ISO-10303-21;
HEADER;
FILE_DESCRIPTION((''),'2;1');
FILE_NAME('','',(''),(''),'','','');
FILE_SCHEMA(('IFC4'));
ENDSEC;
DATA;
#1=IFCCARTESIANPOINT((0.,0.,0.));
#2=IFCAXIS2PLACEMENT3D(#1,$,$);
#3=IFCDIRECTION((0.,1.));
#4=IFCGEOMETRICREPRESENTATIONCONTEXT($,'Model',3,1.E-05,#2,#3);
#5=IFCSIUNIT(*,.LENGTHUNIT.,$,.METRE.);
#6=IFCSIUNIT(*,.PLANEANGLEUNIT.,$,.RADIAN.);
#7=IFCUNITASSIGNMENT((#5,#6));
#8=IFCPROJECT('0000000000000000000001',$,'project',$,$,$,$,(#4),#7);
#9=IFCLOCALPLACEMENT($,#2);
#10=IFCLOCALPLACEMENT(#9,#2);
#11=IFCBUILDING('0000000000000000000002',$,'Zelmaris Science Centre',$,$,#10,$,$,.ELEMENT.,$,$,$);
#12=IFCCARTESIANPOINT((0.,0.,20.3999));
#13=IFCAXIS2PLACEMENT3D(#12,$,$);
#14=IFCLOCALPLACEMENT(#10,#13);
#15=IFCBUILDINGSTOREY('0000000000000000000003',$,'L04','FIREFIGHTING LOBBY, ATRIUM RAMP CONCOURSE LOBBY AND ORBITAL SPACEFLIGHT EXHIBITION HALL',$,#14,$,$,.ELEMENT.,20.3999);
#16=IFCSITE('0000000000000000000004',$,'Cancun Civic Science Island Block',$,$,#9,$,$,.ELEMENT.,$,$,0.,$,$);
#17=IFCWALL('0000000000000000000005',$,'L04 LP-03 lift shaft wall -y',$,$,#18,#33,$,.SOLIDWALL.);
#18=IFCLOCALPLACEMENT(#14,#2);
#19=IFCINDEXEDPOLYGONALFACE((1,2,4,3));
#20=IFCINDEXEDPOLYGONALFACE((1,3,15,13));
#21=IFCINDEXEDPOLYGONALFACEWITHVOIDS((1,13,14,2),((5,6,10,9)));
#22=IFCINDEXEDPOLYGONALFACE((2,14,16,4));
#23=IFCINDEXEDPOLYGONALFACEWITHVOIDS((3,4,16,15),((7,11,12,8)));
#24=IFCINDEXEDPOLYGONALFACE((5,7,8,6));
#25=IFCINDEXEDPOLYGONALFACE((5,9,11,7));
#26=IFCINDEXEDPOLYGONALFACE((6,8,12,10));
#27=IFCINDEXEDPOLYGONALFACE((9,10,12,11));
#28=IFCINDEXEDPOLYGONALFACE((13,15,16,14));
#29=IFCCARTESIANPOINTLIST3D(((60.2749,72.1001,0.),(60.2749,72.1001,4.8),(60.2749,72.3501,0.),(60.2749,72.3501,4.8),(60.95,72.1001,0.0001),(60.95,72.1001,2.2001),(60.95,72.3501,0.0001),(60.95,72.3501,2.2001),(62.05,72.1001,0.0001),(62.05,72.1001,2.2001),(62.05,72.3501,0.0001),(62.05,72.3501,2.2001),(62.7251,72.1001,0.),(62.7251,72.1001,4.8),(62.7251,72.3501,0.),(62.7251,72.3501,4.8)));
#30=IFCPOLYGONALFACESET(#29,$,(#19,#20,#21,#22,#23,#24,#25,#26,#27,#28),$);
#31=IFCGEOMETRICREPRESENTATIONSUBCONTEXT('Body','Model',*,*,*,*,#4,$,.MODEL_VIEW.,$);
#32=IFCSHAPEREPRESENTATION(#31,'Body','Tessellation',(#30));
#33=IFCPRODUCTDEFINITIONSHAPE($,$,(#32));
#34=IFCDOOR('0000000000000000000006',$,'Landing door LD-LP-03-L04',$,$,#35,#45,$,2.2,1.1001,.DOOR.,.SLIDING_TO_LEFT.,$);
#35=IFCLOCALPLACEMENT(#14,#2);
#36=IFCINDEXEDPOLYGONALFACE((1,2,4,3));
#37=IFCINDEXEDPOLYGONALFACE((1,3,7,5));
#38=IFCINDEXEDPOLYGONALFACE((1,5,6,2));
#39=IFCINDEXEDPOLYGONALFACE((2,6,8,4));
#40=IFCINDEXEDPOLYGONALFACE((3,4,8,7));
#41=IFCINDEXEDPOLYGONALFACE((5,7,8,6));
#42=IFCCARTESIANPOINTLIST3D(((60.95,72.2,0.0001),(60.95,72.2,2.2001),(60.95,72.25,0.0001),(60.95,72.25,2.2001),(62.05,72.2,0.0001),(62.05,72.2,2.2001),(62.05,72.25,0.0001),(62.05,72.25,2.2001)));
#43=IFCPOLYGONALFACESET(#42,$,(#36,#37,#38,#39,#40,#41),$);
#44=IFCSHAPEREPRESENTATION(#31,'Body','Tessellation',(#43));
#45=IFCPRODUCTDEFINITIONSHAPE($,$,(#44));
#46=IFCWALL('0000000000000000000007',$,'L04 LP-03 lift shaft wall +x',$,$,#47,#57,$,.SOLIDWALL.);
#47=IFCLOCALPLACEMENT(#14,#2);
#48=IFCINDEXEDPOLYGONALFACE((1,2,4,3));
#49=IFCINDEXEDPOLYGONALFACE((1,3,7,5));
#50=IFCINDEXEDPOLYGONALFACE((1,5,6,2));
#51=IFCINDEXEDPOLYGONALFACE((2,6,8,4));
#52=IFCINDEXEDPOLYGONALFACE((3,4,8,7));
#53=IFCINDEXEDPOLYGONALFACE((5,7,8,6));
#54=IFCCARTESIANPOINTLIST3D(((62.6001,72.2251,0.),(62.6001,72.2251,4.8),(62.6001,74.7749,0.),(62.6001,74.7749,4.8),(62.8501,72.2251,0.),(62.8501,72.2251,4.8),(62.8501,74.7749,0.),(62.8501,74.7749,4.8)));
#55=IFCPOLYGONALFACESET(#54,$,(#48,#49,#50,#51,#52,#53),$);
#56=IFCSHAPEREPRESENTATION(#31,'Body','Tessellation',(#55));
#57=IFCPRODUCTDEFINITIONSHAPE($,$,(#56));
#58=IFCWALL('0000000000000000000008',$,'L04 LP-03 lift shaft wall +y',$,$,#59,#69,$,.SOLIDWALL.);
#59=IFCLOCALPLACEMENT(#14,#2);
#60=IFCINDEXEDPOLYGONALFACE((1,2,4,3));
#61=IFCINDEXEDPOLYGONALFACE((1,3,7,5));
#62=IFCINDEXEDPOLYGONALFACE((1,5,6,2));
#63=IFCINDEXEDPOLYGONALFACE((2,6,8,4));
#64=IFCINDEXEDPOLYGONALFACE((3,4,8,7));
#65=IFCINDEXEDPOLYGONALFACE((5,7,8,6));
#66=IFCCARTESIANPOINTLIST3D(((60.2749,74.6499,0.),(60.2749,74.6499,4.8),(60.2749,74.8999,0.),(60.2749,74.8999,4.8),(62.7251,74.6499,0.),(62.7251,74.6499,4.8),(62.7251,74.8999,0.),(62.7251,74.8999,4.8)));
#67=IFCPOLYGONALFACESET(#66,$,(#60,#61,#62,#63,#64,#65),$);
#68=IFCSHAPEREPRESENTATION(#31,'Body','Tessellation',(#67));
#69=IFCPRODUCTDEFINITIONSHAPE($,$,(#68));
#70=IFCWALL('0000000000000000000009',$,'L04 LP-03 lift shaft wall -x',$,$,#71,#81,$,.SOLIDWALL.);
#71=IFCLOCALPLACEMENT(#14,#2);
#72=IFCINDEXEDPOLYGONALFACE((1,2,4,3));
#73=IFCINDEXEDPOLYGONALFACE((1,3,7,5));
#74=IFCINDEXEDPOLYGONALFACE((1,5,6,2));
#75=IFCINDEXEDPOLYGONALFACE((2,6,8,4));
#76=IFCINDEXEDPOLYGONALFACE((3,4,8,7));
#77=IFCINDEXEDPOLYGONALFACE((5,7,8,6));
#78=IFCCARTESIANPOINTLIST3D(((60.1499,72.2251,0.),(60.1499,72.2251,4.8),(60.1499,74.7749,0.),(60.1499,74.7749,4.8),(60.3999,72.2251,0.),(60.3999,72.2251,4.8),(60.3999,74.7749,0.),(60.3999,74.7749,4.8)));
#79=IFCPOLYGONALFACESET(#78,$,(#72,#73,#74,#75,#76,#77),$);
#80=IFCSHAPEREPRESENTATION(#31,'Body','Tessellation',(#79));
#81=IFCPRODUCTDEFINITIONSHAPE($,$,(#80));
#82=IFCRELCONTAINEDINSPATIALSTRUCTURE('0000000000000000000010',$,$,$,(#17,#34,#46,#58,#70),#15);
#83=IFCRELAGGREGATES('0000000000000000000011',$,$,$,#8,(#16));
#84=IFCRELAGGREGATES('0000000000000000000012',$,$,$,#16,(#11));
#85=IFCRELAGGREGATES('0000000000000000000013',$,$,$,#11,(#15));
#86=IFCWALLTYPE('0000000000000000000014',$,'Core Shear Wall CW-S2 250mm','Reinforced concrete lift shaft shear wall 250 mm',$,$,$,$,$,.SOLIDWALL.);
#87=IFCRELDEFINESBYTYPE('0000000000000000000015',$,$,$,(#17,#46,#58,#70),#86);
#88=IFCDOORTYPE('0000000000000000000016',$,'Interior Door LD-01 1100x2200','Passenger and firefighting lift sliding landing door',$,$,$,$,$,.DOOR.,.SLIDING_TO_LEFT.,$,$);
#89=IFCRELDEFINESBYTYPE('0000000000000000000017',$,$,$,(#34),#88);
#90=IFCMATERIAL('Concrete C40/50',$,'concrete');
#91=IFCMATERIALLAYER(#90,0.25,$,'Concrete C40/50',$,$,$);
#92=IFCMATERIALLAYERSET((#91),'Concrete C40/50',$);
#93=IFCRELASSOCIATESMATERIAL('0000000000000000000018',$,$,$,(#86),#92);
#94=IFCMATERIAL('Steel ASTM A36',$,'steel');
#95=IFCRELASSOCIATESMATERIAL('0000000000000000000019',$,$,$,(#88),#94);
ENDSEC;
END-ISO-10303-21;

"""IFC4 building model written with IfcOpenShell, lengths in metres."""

from ifc_helpers import new_model, si_unit, direction, frame, frame_2d, origin, place, context, subcontext, project, spatial, rectangle, extrude, material, layer, layer_set, type_object, element, fill, save


model = new_model("IFC4")

# Units and contexts
model_context = context("Model", 3, precision=1e-05, world=origin(), true_north=direction((0.0, 1.0)))
body_context = subcontext(model_context, "Body", "Model", "MODEL_VIEW")
ifc_project = project(units=[si_unit("LENGTHUNIT", "METRE"), si_unit("PLANEANGLEUNIT", "RADIAN")], contexts=[model_context])

# Site, building, storey
site_placement = place(None, origin())
site = spatial("IfcSite", under=ifc_project, at=site_placement, Name="Cancun Civic Science Island Block", CompositionType="ELEMENT", RefElevation=0.0)
building_placement = place(site_placement, origin())
building = spatial("IfcBuilding", under=site, at=building_placement, Name="Zelmaris Science Centre", CompositionType="ELEMENT")
storey_placement = place(building_placement, frame((0.0, 0.0, 20.3999)))
storey = spatial("IfcBuildingStorey", under=building, at=storey_placement, Name="L04", Description="FIREFIGHTING LOBBY, ATRIUM RAMP CONCOURSE LOBBY AND ORBITAL SPACEFLIGHT EXHIBITION HALL", CompositionType="ELEMENT", Elevation=20.3999)

# Shared definitions
ifc_material_1 = material(Name="Concrete C40/50", Category="concrete")

# Wall, opening, door
ifc_layer_1 = layer(ifc_material_1, 0.25, Name="Concrete C40/50")
ifc_layer_set_1 = layer_set([ifc_layer_1], Name="Concrete C40/50")
wall_type_1 = type_object("IfcWallType", Name="Core Shear Wall CW-S2 250mm", Description="Reinforced concrete lift shaft shear wall 250 mm", PredefinedType="SOLIDWALL", material=ifc_layer_set_1)
wall_1_placement = place(storey_placement, frame((60.2749, 72.2251, 0.0), z_axis=(0.0, 0.0, 1.0), x_axis=(1.0, 0.0, 0.0)))
wall_1 = element("IfcWall", 1, at=wall_1_placement, inside=storey, type_object=wall_type_1, Name="L04 LP-03 lift shaft wall -y", PredefinedType="SOLIDWALL", context=body_context, shape_type="SweptSolid", body=[
    extrude(rectangle(XDim=2.4502, YDim=0.25, at=frame_2d((1.2251, 0.0))), origin(), (0.0, 0.0, 1.0), 4.8),
])
opening_placement = place(wall_1_placement, frame((0.675, 0.0, 0.0)))
opening = element("IfcOpeningElement", 2, at=opening_placement, cuts=wall_1, PredefinedType="OPENING", context=body_context, shape_type="SweptSolid", body=[
    extrude(rectangle(XDim=1.1001, YDim=2.2, at=frame_2d((0.55, 1.1001))), frame((0.0, 0.135, 0.0), z_axis=(0.0, -1.0, 0.0), x_axis=(1.0, 0.0, 0.0)), (0.0, 0.0, 1.0), 0.27),
])
ifc_material_2 = material(Name="Steel ASTM A36", Category="steel")
door_type = type_object("IfcDoorType", Name="Interior Door LD-01 1100x2200", Description="Passenger and firefighting lift sliding landing door", OperationType="SLIDING_TO_LEFT", PredefinedType="DOOR", material=ifc_material_2)
door_placement = place(opening_placement, origin())
door = element("IfcDoor", 3, at=door_placement, inside=storey, type_object=door_type, Name="Landing door LD-LP-03-L04", OperationType="SLIDING_TO_LEFT", OverallHeight=2.2, OverallWidth=1.1001, PredefinedType="DOOR", context=body_context, shape_type="SweptSolid", body=[
    extrude(rectangle(XDim=1.1001, YDim=2.2, at=frame_2d((0.55, 1.1001))), frame((0.0, 0.0249, 0.0), z_axis=(0.0, -1.0, 0.0), x_axis=(1.0, 0.0, 0.0)), (0.0, 0.0, 1.0), 0.05),
])
fill(opening, door)

# Walls
wall_2_placement = place(storey_placement, frame((62.7251, 72.2251, 0.0), z_axis=(0.0, 0.0, 1.0), x_axis=(0.0, 1.0, 0.0)))
element("IfcWall", 4, at=wall_2_placement, inside=storey, type_object=wall_type_1, Name="L04 LP-03 lift shaft wall +x", PredefinedType="SOLIDWALL", context=body_context, shape_type="SweptSolid", body=[
    extrude(rectangle(XDim=2.5498, YDim=0.25, at=frame_2d((1.2749, 0.0))), origin(), (0.0, 0.0, 1.0), 4.8),
])
wall_3_placement = place(storey_placement, frame((62.7251, 74.7749, 0.0), z_axis=(0.0, 0.0, 1.0), x_axis=(-1.0, 0.0, 0.0)))
element("IfcWall", 5, at=wall_3_placement, inside=storey, type_object=wall_type_1, Name="L04 LP-03 lift shaft wall +y", PredefinedType="SOLIDWALL", context=body_context, shape_type="SweptSolid", body=[
    extrude(rectangle(XDim=2.4502, YDim=0.25, at=frame_2d((1.2251, 0.0))), origin(), (0.0, 0.0, 1.0), 4.8),
])
wall_4_placement = place(storey_placement, frame((60.2749, 74.7749, 0.0), z_axis=(0.0, 0.0, 1.0), x_axis=(0.0, -1.0, 0.0)))
element("IfcWall", 6, at=wall_4_placement, inside=storey, type_object=wall_type_1, Name="L04 LP-03 lift shaft wall -x", PredefinedType="SOLIDWALL", context=body_context, shape_type="SweptSolid", body=[
    extrude(rectangle(XDim=2.5498, YDim=0.25, at=frame_2d((1.2749, 0.0))), origin(), (0.0, 0.0, 1.0), 4.8),
])

save(model, "model.ifc")
